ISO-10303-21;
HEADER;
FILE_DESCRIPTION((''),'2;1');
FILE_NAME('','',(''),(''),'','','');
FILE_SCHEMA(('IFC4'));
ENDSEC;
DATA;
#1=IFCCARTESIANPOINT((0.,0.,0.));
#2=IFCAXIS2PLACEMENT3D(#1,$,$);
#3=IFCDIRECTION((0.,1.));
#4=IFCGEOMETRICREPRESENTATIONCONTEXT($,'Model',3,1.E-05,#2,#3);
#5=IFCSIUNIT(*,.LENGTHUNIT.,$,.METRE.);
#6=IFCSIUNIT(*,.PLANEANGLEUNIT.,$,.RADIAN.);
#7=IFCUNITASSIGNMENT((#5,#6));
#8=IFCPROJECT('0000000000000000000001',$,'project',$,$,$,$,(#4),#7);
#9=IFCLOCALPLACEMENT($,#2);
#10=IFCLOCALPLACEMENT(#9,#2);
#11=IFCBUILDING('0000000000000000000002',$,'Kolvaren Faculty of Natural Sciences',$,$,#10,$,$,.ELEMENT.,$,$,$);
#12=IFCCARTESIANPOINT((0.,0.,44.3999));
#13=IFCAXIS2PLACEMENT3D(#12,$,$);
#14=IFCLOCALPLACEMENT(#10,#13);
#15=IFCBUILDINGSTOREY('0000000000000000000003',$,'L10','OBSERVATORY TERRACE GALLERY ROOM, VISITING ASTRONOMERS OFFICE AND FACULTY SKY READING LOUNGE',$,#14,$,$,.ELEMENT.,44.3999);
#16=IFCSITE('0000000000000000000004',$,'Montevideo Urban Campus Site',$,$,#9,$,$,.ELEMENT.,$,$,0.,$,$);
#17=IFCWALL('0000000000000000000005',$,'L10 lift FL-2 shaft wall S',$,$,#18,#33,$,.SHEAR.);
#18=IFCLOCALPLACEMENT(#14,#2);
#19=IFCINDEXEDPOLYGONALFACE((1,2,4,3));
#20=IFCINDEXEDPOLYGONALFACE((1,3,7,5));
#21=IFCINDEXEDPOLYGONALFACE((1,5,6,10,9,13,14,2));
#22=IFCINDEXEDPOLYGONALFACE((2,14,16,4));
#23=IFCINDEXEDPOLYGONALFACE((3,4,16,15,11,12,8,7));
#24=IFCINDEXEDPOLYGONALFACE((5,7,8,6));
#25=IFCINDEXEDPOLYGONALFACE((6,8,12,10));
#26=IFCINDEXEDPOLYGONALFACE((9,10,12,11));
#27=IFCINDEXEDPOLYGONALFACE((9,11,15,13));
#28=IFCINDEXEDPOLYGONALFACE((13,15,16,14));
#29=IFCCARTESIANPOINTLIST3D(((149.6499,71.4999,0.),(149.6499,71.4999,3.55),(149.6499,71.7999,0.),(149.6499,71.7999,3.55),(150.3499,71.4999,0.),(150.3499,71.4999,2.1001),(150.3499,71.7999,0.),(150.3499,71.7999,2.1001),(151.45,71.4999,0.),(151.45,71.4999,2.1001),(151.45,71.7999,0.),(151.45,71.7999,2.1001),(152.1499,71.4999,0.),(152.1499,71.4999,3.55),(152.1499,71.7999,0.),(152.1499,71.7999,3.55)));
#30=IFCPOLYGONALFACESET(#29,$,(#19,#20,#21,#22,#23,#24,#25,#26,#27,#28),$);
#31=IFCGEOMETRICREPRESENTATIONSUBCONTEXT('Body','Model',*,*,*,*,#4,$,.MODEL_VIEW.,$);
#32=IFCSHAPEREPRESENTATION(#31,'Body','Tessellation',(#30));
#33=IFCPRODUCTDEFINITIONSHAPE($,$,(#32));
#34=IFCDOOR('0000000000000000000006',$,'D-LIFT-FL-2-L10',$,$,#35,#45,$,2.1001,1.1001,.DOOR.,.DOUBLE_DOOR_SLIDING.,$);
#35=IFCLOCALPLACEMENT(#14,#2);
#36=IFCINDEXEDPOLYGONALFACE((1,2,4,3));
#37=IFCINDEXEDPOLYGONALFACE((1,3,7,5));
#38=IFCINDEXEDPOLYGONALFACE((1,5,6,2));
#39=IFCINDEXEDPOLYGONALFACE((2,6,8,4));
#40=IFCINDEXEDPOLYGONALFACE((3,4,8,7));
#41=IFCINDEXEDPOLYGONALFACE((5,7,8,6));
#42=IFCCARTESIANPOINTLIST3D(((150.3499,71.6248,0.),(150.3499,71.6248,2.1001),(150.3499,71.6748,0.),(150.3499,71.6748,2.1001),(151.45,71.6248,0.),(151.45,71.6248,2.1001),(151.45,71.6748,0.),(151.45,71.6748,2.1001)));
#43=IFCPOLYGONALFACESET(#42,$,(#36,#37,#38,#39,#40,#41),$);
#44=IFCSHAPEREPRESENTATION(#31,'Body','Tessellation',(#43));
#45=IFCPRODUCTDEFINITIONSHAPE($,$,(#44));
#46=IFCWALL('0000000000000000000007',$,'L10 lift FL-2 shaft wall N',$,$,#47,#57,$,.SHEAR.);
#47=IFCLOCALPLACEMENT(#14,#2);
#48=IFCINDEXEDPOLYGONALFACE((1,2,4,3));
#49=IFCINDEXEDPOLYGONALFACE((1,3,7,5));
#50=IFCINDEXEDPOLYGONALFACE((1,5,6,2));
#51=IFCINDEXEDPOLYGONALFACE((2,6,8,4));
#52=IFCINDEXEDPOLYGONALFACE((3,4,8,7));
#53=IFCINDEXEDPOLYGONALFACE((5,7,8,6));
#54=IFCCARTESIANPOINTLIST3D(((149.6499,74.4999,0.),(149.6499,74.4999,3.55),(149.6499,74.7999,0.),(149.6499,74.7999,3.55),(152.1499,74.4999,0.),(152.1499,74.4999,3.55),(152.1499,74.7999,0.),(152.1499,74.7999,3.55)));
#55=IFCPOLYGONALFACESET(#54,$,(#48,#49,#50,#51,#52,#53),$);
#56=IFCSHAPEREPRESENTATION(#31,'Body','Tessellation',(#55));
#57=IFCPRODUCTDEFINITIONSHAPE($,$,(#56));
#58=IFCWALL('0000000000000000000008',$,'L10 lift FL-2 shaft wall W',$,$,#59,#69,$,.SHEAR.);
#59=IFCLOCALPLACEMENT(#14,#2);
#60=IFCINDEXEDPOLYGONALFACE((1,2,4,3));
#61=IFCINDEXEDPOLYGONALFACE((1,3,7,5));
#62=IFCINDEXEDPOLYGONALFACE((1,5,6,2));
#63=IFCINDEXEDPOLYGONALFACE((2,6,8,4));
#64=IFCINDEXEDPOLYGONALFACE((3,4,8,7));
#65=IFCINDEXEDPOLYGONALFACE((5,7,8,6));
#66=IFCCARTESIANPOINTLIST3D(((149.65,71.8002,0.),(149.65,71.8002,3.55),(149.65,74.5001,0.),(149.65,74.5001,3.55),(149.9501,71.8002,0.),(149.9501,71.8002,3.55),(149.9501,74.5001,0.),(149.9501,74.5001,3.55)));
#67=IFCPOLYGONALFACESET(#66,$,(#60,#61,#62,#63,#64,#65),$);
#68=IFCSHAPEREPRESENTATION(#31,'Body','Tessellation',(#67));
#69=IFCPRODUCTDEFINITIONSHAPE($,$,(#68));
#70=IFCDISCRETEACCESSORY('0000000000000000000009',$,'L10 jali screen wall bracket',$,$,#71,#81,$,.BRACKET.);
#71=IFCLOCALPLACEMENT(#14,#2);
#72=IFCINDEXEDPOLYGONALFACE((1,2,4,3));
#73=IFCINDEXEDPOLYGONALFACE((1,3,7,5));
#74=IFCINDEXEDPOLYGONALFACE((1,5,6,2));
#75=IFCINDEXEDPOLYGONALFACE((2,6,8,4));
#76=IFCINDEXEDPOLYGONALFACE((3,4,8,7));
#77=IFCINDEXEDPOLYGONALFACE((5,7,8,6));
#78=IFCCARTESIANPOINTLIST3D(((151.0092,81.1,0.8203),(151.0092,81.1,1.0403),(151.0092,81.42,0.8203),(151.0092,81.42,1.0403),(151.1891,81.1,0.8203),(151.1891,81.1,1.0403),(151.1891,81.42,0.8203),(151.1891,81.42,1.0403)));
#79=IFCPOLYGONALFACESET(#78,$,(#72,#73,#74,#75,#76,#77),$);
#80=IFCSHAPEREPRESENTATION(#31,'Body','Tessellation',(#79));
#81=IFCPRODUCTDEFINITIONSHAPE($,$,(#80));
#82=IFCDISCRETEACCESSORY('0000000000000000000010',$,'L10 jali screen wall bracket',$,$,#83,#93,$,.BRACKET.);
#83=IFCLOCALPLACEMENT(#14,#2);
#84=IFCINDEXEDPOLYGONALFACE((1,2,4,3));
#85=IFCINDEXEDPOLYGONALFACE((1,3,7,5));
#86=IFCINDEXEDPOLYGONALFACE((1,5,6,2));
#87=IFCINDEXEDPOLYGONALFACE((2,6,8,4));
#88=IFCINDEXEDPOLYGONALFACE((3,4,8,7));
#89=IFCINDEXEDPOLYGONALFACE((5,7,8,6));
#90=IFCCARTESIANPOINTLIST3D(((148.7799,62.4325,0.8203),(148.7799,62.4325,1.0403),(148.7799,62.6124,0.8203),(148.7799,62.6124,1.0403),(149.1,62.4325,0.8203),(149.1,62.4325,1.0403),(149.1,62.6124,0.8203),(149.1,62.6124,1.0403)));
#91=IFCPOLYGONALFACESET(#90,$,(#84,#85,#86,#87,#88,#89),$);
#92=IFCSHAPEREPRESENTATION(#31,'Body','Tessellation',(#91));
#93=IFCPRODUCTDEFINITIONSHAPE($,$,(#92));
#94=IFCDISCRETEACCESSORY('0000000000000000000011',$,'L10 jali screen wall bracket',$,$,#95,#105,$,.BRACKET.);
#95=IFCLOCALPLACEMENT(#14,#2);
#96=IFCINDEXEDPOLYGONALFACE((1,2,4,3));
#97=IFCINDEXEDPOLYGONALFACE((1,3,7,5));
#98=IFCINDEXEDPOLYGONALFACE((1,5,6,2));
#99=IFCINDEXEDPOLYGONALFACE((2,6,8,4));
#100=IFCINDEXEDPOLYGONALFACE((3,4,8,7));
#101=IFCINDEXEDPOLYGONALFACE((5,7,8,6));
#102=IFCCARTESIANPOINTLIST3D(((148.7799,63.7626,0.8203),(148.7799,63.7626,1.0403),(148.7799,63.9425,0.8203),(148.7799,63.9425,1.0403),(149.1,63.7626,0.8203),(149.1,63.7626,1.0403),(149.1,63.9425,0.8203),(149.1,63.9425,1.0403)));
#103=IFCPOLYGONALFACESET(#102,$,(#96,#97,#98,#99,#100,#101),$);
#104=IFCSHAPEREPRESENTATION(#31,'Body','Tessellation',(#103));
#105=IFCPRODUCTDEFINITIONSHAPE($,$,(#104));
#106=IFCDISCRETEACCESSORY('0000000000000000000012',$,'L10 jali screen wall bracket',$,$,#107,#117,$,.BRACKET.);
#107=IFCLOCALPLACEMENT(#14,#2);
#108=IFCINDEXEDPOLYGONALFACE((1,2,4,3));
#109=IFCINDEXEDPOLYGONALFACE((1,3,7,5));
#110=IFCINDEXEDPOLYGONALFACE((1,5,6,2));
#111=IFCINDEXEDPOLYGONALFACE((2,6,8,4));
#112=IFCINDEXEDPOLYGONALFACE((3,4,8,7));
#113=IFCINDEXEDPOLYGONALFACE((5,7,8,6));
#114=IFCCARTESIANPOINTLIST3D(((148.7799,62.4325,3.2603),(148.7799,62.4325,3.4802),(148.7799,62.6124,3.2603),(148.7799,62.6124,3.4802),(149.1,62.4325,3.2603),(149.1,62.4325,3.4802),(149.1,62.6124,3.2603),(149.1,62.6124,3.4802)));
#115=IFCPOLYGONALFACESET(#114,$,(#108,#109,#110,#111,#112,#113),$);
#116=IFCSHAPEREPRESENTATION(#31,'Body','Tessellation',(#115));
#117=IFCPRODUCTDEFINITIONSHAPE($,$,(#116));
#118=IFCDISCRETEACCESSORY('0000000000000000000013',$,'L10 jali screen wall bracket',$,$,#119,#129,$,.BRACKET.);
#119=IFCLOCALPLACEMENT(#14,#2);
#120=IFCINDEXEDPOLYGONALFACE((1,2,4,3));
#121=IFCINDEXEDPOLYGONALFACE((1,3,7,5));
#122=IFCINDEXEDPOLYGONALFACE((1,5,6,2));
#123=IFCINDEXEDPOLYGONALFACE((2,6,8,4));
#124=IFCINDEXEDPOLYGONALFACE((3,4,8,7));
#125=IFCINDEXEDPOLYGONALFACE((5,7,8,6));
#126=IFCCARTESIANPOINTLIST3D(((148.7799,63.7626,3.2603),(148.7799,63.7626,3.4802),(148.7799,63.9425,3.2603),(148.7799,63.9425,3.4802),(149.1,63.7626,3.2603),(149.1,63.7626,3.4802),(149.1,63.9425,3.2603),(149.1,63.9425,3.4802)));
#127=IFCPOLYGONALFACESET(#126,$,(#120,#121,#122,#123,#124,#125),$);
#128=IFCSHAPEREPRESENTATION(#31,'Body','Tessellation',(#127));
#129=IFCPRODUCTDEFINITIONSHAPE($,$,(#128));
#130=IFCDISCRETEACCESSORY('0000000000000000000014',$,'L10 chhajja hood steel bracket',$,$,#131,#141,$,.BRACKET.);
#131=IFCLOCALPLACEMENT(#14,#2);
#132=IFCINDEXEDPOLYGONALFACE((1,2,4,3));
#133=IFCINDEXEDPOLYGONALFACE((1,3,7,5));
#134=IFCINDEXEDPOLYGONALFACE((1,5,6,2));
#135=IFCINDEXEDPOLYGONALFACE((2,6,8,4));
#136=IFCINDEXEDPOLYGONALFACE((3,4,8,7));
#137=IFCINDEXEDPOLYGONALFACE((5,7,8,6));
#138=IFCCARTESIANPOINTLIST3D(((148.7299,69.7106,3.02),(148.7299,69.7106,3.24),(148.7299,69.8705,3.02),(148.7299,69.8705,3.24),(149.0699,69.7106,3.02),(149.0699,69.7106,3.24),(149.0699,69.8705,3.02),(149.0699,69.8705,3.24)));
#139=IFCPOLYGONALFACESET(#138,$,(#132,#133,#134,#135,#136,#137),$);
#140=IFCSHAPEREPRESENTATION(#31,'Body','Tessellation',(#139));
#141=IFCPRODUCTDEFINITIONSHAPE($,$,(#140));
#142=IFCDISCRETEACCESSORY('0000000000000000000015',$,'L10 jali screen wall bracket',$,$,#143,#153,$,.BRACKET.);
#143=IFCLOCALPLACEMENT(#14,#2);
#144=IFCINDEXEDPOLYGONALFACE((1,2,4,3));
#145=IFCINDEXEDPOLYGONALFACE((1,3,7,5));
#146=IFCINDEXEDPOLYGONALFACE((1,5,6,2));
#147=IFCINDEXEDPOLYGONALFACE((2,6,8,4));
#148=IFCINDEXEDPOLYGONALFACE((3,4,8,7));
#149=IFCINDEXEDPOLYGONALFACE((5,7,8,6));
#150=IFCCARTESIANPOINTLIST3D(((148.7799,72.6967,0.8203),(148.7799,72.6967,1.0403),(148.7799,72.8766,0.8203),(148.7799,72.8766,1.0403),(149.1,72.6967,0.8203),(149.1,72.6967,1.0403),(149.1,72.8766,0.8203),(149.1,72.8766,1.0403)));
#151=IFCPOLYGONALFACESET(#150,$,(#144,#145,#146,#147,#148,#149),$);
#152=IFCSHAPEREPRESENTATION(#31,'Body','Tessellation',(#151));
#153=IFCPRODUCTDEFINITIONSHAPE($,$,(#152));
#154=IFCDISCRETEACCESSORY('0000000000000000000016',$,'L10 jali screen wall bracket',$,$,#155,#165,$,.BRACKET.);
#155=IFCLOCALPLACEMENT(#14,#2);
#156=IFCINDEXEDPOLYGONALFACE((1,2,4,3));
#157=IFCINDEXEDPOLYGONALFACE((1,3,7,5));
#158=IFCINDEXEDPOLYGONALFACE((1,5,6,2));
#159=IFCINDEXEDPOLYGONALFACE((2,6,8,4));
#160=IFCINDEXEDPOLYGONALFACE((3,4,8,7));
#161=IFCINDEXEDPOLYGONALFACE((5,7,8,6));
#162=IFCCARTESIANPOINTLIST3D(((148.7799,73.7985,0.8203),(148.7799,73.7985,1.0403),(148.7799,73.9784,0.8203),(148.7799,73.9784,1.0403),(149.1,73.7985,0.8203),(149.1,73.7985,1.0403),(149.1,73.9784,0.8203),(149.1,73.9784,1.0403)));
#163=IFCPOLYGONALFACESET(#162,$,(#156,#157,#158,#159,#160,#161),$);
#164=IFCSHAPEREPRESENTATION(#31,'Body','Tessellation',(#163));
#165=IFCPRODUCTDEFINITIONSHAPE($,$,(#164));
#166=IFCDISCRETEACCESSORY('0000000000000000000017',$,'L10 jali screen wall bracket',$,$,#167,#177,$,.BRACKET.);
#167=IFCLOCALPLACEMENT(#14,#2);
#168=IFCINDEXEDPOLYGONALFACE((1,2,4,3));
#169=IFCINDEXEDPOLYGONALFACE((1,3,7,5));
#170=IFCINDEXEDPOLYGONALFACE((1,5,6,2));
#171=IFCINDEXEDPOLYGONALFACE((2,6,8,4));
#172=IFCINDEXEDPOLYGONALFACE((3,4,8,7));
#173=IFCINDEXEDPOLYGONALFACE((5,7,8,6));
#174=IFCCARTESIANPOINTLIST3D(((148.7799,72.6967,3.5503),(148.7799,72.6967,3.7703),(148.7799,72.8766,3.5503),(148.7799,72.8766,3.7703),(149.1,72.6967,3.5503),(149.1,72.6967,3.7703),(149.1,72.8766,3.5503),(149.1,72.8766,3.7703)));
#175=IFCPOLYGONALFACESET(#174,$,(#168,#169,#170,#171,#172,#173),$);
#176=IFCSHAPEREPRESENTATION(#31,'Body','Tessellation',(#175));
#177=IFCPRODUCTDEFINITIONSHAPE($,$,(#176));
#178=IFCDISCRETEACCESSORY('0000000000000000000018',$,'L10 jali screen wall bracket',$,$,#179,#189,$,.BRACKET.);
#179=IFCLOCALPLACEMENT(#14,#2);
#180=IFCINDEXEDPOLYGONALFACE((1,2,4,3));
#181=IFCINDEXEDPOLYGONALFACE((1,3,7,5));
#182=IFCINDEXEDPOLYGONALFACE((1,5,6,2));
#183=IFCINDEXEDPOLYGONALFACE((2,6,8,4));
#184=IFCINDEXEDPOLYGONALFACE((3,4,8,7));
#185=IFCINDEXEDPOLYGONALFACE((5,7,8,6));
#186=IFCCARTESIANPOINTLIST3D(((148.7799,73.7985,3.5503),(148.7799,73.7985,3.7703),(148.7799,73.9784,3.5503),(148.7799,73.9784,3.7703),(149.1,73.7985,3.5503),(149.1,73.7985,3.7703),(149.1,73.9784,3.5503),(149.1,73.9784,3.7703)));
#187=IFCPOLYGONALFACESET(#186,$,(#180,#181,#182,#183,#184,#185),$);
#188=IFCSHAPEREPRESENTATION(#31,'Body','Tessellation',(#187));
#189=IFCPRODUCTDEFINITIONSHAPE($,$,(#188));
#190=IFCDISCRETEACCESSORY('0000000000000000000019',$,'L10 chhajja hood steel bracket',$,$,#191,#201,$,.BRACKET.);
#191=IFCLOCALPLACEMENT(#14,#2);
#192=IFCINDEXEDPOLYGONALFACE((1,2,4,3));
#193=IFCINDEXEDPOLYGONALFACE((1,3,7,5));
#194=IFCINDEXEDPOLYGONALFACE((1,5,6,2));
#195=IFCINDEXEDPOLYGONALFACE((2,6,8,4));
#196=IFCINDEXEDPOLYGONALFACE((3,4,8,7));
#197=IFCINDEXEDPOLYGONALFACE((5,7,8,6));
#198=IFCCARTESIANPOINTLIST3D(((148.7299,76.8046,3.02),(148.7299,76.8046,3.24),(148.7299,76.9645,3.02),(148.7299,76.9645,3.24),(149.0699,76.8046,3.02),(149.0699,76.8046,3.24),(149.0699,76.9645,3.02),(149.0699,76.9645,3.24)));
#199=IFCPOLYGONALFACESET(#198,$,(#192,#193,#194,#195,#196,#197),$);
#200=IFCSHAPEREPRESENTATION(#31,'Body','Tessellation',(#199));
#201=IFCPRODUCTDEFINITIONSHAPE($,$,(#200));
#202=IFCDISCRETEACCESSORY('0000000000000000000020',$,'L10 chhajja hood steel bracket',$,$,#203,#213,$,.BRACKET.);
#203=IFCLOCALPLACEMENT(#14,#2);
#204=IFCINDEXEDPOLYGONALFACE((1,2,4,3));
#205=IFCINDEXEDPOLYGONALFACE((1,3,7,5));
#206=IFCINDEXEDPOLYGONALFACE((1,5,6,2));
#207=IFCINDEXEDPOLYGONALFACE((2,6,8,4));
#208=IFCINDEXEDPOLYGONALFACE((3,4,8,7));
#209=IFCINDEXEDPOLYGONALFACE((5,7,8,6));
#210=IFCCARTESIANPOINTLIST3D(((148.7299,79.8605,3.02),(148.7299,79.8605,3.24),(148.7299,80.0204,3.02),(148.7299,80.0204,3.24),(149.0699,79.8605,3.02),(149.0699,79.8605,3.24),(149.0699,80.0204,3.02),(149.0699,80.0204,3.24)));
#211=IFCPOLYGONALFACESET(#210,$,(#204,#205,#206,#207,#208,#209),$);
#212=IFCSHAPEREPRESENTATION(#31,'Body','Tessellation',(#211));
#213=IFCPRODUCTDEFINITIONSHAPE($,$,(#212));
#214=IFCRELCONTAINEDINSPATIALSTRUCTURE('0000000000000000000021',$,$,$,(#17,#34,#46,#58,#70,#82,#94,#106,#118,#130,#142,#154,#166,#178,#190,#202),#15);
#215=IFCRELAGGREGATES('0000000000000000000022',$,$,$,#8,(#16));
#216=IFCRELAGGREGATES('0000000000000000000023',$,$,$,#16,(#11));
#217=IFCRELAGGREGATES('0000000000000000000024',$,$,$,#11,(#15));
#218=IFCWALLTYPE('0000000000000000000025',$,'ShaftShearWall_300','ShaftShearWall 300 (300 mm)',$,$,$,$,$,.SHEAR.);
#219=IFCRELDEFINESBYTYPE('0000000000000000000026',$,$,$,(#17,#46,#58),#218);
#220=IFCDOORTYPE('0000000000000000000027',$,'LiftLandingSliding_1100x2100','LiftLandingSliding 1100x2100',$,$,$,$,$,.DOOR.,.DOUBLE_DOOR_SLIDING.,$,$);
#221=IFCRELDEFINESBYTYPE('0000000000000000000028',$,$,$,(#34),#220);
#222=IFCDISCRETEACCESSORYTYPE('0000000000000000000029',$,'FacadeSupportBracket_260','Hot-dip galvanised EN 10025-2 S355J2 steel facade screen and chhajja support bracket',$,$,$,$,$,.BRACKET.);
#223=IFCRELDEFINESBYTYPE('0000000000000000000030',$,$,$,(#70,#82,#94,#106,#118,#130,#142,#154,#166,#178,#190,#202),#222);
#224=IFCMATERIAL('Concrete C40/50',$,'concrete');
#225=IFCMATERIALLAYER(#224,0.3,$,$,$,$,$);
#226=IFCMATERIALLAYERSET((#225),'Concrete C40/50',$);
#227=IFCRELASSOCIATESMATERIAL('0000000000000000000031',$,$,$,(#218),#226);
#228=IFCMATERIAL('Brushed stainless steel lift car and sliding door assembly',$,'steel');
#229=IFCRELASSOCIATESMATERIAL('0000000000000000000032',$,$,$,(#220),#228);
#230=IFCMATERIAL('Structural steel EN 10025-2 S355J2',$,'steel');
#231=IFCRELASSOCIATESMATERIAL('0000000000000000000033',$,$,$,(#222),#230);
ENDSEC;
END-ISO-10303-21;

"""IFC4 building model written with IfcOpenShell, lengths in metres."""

from ifc_helpers import new_model, si_unit, direction, frame, frame_2d, origin, origin_2d, place, context, subcontext, project, spatial, rectangle, extrude, material, layer, layer_set, type_object, element, fill, save


model = new_model("IFC4")

# Units and contexts
model_context = context("Model", 3, precision=1e-05, world=origin(), true_north=direction((0.0, 1.0)))
body_context = subcontext(model_context, "Body", "Model", "MODEL_VIEW")
ifc_project = project(units=[si_unit("LENGTHUNIT", "METRE"), si_unit("PLANEANGLEUNIT", "RADIAN")], contexts=[model_context])

# Site, building, storey
site_placement = place(None, origin())
site = spatial("IfcSite", under=ifc_project, at=site_placement, Name="Montevideo Urban Campus Site", CompositionType="ELEMENT", RefElevation=0.0)
building_placement = place(site_placement, origin())
building = spatial("IfcBuilding", under=site, at=building_placement, Name="Kolvaren Faculty of Natural Sciences", CompositionType="ELEMENT")
storey_placement = place(building_placement, frame((0.0, 0.0, 44.3999)))
storey = spatial("IfcBuildingStorey", under=building, at=storey_placement, Name="L10", Description="OBSERVATORY TERRACE GALLERY ROOM, VISITING ASTRONOMERS OFFICE AND FACULTY SKY READING LOUNGE", CompositionType="ELEMENT", Elevation=44.3999)

# Wall, opening, door
ifc_material_1 = material(Name="Concrete C40/50", Category="concrete")
ifc_layer_1 = layer(ifc_material_1, 0.3)
ifc_layer_set_1 = layer_set([ifc_layer_1], Name="Concrete C40/50")
wall_type_1 = type_object("IfcWallType", Name="ShaftShearWall_300", Description="ShaftShearWall 300 (300 mm)", PredefinedType="SHEAR", material=ifc_layer_set_1)
wall_1_placement = place(storey_placement, frame((149.6499, 71.6499, 0.0), z_axis=(0.0, 0.0, 1.0), x_axis=(1.0, 0.0, 0.0)))
wall_1 = element("IfcWall", 1, at=wall_1_placement, inside=storey, type_object=wall_type_1, Name="L10 lift FL-2 shaft wall S", PredefinedType="SHEAR", context=body_context, shape_type="SweptSolid", body=[
    extrude(rectangle(XDim=2.5, YDim=0.3, at=frame_2d((1.25, 0.0))), origin(), (0.0, 0.0, 1.0), 3.55),
])
opening_1_placement = place(wall_1_placement, frame((0.7, 0.0, 0.0)))
opening_1 = element("IfcOpeningElement", 2, at=opening_1_placement, cuts=wall_1, PredefinedType="OPENING", context=body_context, shape_type="SweptSolid", body=[
    extrude(rectangle(XDim=1.1001, YDim=2.1001, at=frame_2d((0.55, 1.05))), frame((0.0, 0.1599, 0.0), z_axis=(0.0, -1.0, 0.0), x_axis=(1.0, 0.0, 0.0)), (0.0, 0.0, 1.0), 0.3201),
])
ifc_material_2 = material(Name="Brushed stainless steel lift car and sliding door assembly", Category="steel")
door_type_1 = type_object("IfcDoorType", Name="LiftLandingSliding_1100x2100", Description="LiftLandingSliding 1100x2100", OperationType="DOUBLE_DOOR_SLIDING", PredefinedType="DOOR", material=ifc_material_2)
door_1_placement = place(opening_1_placement, origin())
door_1 = element("IfcDoor", 3, at=door_1_placement, inside=storey, type_object=door_type_1, Name="D-LIFT-FL-2-L10", OperationType="DOUBLE_DOOR_SLIDING", OverallHeight=2.1001, OverallWidth=1.1001, PredefinedType="DOOR", context=body_context, shape_type="SweptSolid", body=[
    extrude(rectangle(XDim=1.1001, YDim=2.1001, at=frame_2d((0.55, 1.05))), frame((0.0, 0.0249, 0.0), z_axis=(0.0, -1.0, 0.0), x_axis=(1.0, 0.0, 0.0)), (0.0, 0.0, 1.0), 0.05),
])
fill(opening_1, door_1)

# Walls
wall_2_placement = place(storey_placement, frame((149.6499, 74.6499, 0.0), z_axis=(0.0, 0.0, 1.0), x_axis=(1.0, 0.0, 0.0)))
element("IfcWall", 4, at=wall_2_placement, inside=storey, type_object=wall_type_1, Name="L10 lift FL-2 shaft wall N", PredefinedType="SHEAR", context=body_context, shape_type="SweptSolid", body=[
    extrude(rectangle(XDim=2.5, YDim=0.3, at=frame_2d((1.25, 0.0))), origin(), (0.0, 0.0, 1.0), 3.55),
])
wall_3_placement = place(storey_placement, frame((149.8, 71.8, 0.0), z_axis=(0.0, 0.0, 1.0), x_axis=(0.0, 1.0, 0.0)))
element("IfcWall", 5, at=wall_3_placement, inside=storey, type_object=wall_type_1, Name="L10 lift FL-2 shaft wall W", PredefinedType="SHEAR", context=body_context, shape_type="SweptSolid", body=[
    extrude(rectangle(XDim=2.7, YDim=0.3, at=frame_2d((1.3501, 0.0))), origin(), (0.0, 0.0, 1.0), 3.55),
])

# Discrete accessories
ifc_material_3 = material(Name="Structural steel EN 10025-2 S355J2", Category="steel")
discrete_accessory_type = type_object("IfcDiscreteAccessoryType", Name="FacadeSupportBracket_260", Description="Hot-dip galvanised EN 10025-2 S355J2 steel facade screen and chhajja support bracket", PredefinedType="BRACKET", material=ifc_material_3)
for number, where, z_axis, x_axis, name in (
    (6, (151.0991, 81.26, 0.8203), (0.0, 0.0, 1.0), (1.0, 0.0, 0.0), "L10 jali screen wall bracket"),
    (7, (148.9399, 62.5225, 0.8203), (0.0, 0.0, 1.0), (0.0, 1.0, 0.0), "L10 jali screen wall bracket"),
    (8, (148.9399, 63.8525, 0.8203), (0.0, 0.0, 1.0), (0.0, 1.0, 0.0), "L10 jali screen wall bracket"),
    (9, (148.9399, 62.5225, 3.2603), (0.0, 0.0, 1.0), (0.0, 1.0, 0.0), "L10 jali screen wall bracket"),
    (10, (148.9399, 63.8525, 3.2603), (0.0, 0.0, 1.0), (0.0, 1.0, 0.0), "L10 jali screen wall bracket"),
):
    element("IfcDiscreteAccessory", number, at=place(storey_placement, frame(where, z_axis=z_axis, x_axis=x_axis)), inside=storey, type_object=discrete_accessory_type, Name=name, PredefinedType="BRACKET", context=body_context, shape_type="SweptSolid", body=[
        extrude(rectangle(XDim=0.1799, YDim=0.3201, at=origin_2d()), origin(), (0.0, 0.0, 1.0), 0.22),
    ])
discrete_accessory_placement = place(storey_placement, frame((148.8999, 69.7905, 3.02), z_axis=(0.0, 0.0, 1.0), x_axis=(0.0, 1.0, 0.0)))
element("IfcDiscreteAccessory", 11, at=discrete_accessory_placement, inside=storey, type_object=discrete_accessory_type, Name="L10 chhajja hood steel bracket", PredefinedType="BRACKET", context=body_context, shape_type="SweptSolid", body=[
    extrude(rectangle(XDim=0.1599, YDim=0.3401, at=origin_2d()), origin(), (0.0, 0.0, 1.0), 0.22),
])
for number, where, z_axis, x_axis, name in (
    (12, (148.9399, 72.7866, 0.8203), (0.0, 0.0, 1.0), (0.0, 1.0, 0.0), "L10 jali screen wall bracket"),
    (13, (148.9399, 73.8884, 0.8203), (0.0, 0.0, 1.0), (0.0, 1.0, 0.0), "L10 jali screen wall bracket"),
    (14, (148.9399, 72.7866, 3.5503), (0.0, 0.0, 1.0), (0.0, 1.0, 0.0), "L10 jali screen wall bracket"),
    (15, (148.9399, 73.8884, 3.5503), (0.0, 0.0, 1.0), (0.0, 1.0, 0.0), "L10 jali screen wall bracket"),
):
    element("IfcDiscreteAccessory", number, at=place(storey_placement, frame(where, z_axis=z_axis, x_axis=x_axis)), inside=storey, type_object=discrete_accessory_type, Name=name, PredefinedType="BRACKET", context=body_context, shape_type="SweptSolid", body=[
        extrude(rectangle(XDim=0.1799, YDim=0.3201, at=origin_2d()), origin(), (0.0, 0.0, 1.0), 0.22),
    ])
for number, where, z_axis, x_axis, name in (
    (16, (148.8999, 76.8845, 3.02), (0.0, 0.0, 1.0), (0.0, 1.0, 0.0), "L10 chhajja hood steel bracket"),
    (17, (148.8999, 79.9404, 3.02), (0.0, 0.0, 1.0), (0.0, 1.0, 0.0), "L10 chhajja hood steel bracket"),
):
    element("IfcDiscreteAccessory", number, at=place(storey_placement, frame(where, z_axis=z_axis, x_axis=x_axis)), inside=storey, type_object=discrete_accessory_type, Name=name, PredefinedType="BRACKET", context=body_context, shape_type="SweptSolid", body=[
        extrude(rectangle(XDim=0.1599, YDim=0.3401, at=origin_2d()), origin(), (0.0, 0.0, 1.0), 0.22),
    ])

save(model, "model.ifc")
